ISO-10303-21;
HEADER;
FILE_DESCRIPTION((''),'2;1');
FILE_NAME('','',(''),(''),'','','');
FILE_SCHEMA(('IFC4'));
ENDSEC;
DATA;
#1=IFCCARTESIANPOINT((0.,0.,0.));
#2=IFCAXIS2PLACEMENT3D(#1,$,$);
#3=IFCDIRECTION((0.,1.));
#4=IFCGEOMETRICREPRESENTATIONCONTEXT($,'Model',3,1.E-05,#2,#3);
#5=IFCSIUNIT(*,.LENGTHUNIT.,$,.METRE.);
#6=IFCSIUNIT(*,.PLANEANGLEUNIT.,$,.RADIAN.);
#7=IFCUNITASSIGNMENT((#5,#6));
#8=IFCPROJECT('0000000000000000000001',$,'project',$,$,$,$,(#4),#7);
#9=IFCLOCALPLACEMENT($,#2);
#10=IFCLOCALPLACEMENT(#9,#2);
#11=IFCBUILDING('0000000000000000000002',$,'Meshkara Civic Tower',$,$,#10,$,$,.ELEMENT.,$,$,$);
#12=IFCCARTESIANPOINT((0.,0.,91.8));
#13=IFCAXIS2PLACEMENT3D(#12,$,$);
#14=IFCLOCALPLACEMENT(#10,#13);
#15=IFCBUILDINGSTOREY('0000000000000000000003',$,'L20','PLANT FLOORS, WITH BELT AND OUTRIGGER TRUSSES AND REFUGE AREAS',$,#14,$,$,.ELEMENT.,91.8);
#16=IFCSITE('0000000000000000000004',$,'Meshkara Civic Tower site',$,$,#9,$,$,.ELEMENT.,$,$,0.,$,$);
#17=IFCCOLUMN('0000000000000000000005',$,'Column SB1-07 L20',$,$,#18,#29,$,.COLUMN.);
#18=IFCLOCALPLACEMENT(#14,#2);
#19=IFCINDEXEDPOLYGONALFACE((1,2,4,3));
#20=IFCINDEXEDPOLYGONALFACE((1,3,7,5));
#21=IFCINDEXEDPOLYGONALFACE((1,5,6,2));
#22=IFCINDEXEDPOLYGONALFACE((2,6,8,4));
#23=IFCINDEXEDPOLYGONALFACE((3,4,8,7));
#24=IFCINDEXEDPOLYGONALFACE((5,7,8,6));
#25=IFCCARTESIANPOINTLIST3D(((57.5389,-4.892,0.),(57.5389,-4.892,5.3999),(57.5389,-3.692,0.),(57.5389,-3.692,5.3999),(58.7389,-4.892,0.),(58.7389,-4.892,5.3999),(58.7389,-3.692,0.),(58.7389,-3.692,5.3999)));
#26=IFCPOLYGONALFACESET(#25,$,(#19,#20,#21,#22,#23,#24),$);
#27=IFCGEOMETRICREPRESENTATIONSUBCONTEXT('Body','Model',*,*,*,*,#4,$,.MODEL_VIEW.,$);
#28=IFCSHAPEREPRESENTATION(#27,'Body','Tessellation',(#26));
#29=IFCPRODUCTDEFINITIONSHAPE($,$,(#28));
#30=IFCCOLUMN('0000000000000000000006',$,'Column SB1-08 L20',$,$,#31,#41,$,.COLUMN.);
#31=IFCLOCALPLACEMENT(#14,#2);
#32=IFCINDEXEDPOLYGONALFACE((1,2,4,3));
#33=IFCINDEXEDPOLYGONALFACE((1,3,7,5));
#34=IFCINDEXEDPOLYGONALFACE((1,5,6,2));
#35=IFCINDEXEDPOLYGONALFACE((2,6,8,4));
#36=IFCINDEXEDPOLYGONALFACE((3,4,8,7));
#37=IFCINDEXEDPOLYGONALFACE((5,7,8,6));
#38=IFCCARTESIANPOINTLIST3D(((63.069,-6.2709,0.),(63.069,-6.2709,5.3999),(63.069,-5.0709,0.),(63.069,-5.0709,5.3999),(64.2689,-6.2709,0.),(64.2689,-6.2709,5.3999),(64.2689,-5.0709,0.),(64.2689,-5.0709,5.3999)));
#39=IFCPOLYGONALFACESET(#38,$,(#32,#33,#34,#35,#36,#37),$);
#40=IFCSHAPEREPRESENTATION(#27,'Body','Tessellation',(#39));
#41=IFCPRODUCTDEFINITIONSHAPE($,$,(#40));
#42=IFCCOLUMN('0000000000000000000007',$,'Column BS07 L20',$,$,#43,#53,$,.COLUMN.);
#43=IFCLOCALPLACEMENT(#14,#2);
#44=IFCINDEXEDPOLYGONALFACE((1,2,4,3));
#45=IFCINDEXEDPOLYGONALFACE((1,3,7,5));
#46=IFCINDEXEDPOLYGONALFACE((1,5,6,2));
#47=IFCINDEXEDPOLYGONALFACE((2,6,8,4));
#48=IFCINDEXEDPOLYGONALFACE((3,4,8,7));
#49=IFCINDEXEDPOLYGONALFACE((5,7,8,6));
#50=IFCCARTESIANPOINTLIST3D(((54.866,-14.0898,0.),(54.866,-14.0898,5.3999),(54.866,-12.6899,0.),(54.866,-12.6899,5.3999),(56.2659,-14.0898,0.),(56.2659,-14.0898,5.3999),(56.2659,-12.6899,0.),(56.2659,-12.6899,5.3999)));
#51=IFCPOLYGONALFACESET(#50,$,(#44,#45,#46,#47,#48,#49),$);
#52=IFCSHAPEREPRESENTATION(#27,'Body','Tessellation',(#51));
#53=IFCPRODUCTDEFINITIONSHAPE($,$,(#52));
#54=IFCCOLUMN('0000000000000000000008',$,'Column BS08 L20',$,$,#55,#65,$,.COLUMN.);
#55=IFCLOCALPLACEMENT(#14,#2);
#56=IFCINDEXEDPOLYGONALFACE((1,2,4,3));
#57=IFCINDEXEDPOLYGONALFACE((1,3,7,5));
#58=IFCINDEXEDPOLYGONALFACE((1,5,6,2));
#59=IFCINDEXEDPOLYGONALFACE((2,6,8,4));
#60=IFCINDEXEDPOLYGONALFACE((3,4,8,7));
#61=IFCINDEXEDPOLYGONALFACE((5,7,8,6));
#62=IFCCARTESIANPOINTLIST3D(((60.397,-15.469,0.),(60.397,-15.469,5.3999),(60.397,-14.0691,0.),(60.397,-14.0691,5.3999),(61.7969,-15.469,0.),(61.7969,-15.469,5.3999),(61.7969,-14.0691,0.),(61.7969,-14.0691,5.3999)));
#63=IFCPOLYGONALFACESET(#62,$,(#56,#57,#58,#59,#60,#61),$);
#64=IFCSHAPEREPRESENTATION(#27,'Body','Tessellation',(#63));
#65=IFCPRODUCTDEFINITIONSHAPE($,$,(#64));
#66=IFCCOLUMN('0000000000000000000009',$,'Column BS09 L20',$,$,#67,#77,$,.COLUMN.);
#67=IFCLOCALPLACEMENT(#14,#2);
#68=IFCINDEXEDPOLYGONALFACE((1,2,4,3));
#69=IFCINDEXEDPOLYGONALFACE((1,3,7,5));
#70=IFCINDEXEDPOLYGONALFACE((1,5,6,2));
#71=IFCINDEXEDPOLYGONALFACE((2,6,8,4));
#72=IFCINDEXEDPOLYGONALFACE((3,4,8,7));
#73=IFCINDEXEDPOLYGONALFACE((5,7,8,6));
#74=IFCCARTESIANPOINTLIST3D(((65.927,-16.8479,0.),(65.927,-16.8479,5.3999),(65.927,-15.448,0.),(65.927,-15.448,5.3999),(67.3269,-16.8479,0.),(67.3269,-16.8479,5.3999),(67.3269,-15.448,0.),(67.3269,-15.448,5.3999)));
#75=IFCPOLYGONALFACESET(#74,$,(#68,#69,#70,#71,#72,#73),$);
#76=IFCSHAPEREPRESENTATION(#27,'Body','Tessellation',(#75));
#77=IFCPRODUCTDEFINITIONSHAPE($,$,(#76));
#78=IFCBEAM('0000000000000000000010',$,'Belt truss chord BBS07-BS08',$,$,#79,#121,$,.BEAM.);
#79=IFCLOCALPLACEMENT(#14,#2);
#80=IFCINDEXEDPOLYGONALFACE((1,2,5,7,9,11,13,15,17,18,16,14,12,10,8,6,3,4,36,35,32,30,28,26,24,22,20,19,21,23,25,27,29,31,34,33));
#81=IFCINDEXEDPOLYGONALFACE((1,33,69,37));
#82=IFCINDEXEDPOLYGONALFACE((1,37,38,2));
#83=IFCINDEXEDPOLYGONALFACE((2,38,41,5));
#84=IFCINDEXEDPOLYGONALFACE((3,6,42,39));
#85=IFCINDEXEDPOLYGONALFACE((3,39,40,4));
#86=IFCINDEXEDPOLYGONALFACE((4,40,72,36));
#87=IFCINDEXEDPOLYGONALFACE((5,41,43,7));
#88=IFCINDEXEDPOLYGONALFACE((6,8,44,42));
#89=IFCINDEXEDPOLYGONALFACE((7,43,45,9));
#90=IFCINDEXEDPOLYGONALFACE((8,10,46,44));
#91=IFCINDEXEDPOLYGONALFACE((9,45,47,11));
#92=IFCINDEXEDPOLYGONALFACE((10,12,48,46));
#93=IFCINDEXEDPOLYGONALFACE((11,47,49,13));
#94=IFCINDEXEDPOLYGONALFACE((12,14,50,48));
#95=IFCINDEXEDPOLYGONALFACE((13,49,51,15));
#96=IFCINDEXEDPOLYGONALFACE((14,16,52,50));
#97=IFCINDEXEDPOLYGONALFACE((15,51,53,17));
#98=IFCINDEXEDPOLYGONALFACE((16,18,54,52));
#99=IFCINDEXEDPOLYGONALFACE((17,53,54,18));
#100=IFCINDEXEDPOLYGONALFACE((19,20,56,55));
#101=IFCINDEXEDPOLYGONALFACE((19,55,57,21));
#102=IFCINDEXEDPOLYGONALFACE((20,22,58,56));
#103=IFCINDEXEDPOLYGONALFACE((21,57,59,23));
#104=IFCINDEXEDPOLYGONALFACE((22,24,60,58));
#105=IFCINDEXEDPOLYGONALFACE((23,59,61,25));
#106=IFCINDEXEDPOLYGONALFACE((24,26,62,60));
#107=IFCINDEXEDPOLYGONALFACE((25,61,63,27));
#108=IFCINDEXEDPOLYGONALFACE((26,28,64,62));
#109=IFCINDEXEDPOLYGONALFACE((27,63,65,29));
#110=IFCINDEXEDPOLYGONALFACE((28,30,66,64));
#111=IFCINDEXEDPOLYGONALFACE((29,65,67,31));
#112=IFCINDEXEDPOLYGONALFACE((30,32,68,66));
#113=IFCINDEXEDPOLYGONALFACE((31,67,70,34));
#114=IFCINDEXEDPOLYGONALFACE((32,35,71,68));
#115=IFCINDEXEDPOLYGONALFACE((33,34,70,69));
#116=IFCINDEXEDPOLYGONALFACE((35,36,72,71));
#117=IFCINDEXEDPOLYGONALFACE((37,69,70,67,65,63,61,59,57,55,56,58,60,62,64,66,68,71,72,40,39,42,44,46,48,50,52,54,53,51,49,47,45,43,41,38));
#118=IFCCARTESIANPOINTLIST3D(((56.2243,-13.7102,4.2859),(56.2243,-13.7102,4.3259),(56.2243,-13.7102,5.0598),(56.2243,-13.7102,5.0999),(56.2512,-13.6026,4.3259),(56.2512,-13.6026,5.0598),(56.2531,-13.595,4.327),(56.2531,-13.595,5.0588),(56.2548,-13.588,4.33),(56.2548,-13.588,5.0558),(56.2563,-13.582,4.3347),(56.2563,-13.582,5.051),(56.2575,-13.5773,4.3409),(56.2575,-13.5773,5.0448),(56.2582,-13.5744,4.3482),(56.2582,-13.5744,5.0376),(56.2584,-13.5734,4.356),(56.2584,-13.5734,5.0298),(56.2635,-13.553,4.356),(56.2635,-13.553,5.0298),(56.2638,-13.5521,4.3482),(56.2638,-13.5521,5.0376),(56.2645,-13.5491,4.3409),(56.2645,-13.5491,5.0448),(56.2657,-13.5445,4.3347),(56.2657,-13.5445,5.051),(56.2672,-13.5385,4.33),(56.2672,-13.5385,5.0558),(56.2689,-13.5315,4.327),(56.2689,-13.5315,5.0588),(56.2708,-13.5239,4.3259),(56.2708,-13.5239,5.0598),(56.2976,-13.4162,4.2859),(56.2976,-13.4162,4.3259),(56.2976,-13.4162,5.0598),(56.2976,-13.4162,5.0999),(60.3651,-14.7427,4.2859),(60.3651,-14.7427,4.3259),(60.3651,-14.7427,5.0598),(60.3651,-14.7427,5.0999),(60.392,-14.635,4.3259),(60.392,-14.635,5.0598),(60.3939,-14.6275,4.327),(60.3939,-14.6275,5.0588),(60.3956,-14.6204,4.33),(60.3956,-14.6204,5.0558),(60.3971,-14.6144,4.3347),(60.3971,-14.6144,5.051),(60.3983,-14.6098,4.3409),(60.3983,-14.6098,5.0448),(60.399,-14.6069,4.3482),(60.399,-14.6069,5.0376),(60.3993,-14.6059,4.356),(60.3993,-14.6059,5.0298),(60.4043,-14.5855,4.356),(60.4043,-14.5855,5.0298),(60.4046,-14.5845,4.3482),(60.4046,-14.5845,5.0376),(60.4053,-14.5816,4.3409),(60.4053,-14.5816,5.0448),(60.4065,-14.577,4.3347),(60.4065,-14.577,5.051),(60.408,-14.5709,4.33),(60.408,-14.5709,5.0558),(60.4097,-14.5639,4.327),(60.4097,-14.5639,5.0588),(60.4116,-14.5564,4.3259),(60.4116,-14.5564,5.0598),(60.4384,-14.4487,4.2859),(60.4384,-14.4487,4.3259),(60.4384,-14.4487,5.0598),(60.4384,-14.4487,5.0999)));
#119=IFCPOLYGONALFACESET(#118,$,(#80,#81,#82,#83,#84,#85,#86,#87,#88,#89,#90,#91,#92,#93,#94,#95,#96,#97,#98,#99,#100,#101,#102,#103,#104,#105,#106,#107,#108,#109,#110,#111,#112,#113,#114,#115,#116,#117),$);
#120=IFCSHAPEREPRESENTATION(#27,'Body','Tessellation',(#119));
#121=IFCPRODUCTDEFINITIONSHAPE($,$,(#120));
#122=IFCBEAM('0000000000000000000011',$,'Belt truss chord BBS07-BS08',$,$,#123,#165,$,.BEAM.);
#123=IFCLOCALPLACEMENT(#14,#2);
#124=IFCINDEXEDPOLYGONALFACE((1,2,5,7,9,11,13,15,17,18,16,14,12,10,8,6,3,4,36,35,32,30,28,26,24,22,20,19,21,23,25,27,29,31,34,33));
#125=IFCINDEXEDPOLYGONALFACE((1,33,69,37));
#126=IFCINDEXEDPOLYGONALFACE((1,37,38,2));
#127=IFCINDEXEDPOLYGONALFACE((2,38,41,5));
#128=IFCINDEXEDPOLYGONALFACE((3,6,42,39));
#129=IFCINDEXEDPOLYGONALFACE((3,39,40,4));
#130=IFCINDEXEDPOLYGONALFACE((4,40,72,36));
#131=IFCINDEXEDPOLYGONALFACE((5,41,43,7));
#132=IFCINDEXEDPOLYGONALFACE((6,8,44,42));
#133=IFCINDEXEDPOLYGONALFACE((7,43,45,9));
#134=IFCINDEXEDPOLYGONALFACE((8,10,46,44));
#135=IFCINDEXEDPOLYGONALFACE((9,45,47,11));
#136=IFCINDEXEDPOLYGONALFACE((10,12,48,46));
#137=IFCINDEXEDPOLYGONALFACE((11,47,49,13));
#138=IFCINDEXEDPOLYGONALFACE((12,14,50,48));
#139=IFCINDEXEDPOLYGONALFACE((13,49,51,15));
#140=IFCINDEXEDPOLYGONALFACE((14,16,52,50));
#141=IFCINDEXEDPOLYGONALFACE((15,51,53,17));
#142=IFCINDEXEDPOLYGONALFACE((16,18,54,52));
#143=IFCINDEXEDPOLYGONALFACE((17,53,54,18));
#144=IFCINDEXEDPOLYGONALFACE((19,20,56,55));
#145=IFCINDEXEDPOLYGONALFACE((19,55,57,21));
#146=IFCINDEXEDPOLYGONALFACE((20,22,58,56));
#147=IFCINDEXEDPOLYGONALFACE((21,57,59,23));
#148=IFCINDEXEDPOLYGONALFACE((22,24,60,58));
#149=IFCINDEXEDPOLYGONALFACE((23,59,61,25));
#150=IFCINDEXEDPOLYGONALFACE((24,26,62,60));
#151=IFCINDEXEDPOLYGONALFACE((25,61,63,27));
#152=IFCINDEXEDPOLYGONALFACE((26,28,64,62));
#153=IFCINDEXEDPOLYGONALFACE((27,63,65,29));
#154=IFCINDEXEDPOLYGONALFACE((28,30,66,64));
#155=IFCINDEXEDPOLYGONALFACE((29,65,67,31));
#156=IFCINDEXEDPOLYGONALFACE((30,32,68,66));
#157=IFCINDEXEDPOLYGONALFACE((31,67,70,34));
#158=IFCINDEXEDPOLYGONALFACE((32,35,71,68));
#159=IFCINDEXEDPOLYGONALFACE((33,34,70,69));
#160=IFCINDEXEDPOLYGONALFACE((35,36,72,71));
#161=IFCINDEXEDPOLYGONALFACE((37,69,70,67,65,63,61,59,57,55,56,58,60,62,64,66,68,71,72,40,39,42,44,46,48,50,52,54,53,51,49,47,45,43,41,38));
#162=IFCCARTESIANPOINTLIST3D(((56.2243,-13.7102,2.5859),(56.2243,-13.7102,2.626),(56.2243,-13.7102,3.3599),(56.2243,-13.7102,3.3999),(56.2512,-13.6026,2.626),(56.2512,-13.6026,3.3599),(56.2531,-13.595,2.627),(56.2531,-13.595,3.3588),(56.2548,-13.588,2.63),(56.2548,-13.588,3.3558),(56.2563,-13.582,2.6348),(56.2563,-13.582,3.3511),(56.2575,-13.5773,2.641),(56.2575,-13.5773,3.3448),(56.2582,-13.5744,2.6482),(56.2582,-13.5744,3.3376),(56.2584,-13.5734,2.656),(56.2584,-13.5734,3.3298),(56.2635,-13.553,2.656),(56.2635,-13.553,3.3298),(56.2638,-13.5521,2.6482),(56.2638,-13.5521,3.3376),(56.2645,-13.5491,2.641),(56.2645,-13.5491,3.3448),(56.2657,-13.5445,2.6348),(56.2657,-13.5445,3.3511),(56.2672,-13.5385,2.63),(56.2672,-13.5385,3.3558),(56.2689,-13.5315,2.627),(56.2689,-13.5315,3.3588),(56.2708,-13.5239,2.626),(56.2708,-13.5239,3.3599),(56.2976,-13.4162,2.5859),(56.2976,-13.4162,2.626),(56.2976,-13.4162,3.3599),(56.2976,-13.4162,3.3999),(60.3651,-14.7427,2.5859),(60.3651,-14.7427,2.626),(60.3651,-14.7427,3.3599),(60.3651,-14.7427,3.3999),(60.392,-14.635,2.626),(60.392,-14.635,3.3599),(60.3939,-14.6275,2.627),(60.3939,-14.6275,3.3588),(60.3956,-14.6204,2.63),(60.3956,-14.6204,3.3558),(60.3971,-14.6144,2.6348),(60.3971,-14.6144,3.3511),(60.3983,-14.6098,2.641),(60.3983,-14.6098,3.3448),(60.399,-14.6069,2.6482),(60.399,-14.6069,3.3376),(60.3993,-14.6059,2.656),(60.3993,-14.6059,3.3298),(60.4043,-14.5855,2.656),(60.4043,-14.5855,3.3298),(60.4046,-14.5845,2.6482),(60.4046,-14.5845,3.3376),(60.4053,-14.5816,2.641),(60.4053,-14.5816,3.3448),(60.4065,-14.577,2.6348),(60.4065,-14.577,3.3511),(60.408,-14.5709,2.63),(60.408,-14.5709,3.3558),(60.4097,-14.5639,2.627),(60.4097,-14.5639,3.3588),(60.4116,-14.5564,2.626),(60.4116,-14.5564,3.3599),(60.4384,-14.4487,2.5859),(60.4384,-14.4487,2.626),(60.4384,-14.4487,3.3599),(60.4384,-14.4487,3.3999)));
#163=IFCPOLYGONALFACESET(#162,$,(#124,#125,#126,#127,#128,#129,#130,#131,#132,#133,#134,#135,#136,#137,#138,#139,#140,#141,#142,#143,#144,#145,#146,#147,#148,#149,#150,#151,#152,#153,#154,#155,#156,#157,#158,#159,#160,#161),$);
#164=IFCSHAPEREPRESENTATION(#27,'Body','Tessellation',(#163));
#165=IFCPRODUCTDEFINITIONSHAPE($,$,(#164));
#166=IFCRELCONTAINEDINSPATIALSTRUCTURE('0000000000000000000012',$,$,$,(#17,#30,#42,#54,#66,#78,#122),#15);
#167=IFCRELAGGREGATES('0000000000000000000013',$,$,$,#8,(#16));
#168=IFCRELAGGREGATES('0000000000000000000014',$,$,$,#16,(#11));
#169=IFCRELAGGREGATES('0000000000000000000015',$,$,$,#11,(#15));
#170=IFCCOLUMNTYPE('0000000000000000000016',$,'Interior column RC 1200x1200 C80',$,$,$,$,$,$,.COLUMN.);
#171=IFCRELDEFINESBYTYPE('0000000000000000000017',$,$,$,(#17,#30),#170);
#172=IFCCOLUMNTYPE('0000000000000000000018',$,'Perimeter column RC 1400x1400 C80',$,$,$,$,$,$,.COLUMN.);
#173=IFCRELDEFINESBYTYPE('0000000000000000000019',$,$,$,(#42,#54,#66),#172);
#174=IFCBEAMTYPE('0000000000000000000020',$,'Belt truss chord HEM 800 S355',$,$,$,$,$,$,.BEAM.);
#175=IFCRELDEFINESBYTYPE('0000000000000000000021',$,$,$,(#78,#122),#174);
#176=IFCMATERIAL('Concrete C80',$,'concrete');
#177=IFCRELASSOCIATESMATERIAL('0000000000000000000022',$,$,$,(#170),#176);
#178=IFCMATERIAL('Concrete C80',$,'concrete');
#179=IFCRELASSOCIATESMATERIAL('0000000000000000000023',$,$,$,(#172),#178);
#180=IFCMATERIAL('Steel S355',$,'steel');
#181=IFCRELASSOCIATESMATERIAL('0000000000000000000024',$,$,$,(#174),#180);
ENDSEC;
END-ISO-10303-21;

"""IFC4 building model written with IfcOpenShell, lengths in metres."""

from ifc_helpers import new_model, si_unit, direction, frame, origin, origin_2d, place, context, subcontext, project, spatial, rectangle, i_section, extrude, material, material_profile, profile_set, type_object, element, save


model = new_model("IFC4")

# Units and contexts
model_context = context("Model", 3, precision=1e-05, world=origin(), true_north=direction((0.0, 1.0)))
body_context = subcontext(model_context, "Body", "Model", "MODEL_VIEW")
ifc_project = project(units=[si_unit("LENGTHUNIT", "METRE"), si_unit("PLANEANGLEUNIT", "RADIAN")], contexts=[model_context])

# Site, building, storey
site_placement = place(None, origin())
site = spatial("IfcSite", under=ifc_project, at=site_placement, Name="Meshkara Civic Tower site", CompositionType="ELEMENT", RefElevation=0.0)
building_placement = place(site_placement, origin())
building = spatial("IfcBuilding", under=site, at=building_placement, Name="Meshkara Civic Tower", CompositionType="ELEMENT")
storey_placement = place(building_placement, frame((0.0, 0.0, 91.8)))
storey = spatial("IfcBuildingStorey", under=building, at=storey_placement, Name="L20", Description="PLANT FLOORS, WITH BELT AND OUTRIGGER TRUSSES AND REFUGE AREAS", CompositionType="ELEMENT", Elevation=91.8)

# Columns
ifc_material_1 = material(Name="Concrete C80", Category="concrete")
ifc_material_profile_1 = material_profile(ifc_material_1, rectangle(XDim=1.2, YDim=1.2, at=origin_2d()))
ifc_profile_set_1 = profile_set([ifc_material_profile_1], Name="Concrete C80")
column_type_1 = type_object("IfcColumnType", Name="Interior column RC 1200x1200 C80", PredefinedType="COLUMN", material=ifc_profile_set_1)
for number, where, z_axis, x_axis, name in (
    (1, (58.1389, -4.292, 0.0), (0.0, 0.0, 1.0), (1.0, 0.0, 0.0), "Column SB1-07 L20"),
    (2, (63.6689, -5.6709, 0.0), (0.0, 0.0, 1.0), (1.0, 0.0, 0.0), "Column SB1-08 L20"),
):
    element("IfcColumn", number, at=place(storey_placement, frame(where, z_axis=z_axis, x_axis=x_axis)), inside=storey, type_object=column_type_1, Name=name, PredefinedType="COLUMN", context=body_context, shape_type="SweptSolid", body=[
        extrude(rectangle(XDim=1.2, YDim=1.2, at=origin_2d()), origin(), (0.0, 0.0, 1.0), 5.3999),
    ])
ifc_material_2 = material(Name="Concrete C80", Category="concrete")
ifc_material_profile_2 = material_profile(ifc_material_2, rectangle(XDim=1.3999, YDim=1.3999, at=origin_2d()))
ifc_profile_set_2 = profile_set([ifc_material_profile_2], Name="Concrete C80")
column_type_2 = type_object("IfcColumnType", Name="Perimeter column RC 1400x1400 C80", PredefinedType="COLUMN", material=ifc_profile_set_2)
for number, where, z_axis, x_axis, name in (
    (3, (55.5659, -13.3899, 0.0), (0.0, 0.0, 1.0), (1.0, 0.0, 0.0), "Column BS07 L20"),
    (4, (61.0969, -14.769, 0.0), (0.0, 0.0, 1.0), (1.0, 0.0, 0.0), "Column BS08 L20"),
    (5, (66.627, -16.1479, 0.0), (0.0, 0.0, 1.0), (1.0, 0.0, 0.0), "Column BS09 L20"),
):
    element("IfcColumn", number, at=place(storey_placement, frame(where, z_axis=z_axis, x_axis=x_axis)), inside=storey, type_object=column_type_2, Name=name, PredefinedType="COLUMN", context=body_context, shape_type="SweptSolid", body=[
        extrude(rectangle(XDim=1.3999, YDim=1.3999, at=origin_2d()), origin(), (0.0, 0.0, 1.0), 5.3999),
    ])

# Beams
ifc_material_3 = material(Name="Steel S355", Category="steel")
ifc_material_profile_3 = material_profile(ifc_material_3, i_section(OverallWidth=0.303, OverallDepth=0.814, WebThickness=0.021, FlangeThickness=0.04, FilletRadius=0.03, at=origin_2d()))
ifc_profile_set_3 = profile_set([ifc_material_profile_3], Name="Steel S355")
beam_type_1 = type_object("IfcBeamType", Name="Belt truss chord HEM 800 S355", PredefinedType="BEAM", material=ifc_profile_set_3)
for number, where, z_axis, x_axis, name in (
    (6, (56.261, -13.5632, 4.6929), (0.970294, -0.24193, 0.0), (0.24193, 0.970294, 0.0), "Belt truss chord BBS07-BS08"),
    (7, (56.261, -13.5632, 2.9929), (0.970294, -0.24193, 0.0), (0.24193, 0.970294, 0.0), "Belt truss chord BBS07-BS08"),
):
    element("IfcBeam", number, at=place(storey_placement, frame(where, z_axis=z_axis, x_axis=x_axis)), inside=storey, type_object=beam_type_1, Name=name, PredefinedType="BEAM", context=body_context, shape_type="SweptSolid", body=[
        extrude(i_section(OverallWidth=0.303, OverallDepth=0.814, WebThickness=0.021, FlangeThickness=0.04, FilletRadius=0.03, at=origin_2d()), origin(), (0.0, 0.0, 1.0), 4.2676),
    ])

save(model, "model.ifc")
